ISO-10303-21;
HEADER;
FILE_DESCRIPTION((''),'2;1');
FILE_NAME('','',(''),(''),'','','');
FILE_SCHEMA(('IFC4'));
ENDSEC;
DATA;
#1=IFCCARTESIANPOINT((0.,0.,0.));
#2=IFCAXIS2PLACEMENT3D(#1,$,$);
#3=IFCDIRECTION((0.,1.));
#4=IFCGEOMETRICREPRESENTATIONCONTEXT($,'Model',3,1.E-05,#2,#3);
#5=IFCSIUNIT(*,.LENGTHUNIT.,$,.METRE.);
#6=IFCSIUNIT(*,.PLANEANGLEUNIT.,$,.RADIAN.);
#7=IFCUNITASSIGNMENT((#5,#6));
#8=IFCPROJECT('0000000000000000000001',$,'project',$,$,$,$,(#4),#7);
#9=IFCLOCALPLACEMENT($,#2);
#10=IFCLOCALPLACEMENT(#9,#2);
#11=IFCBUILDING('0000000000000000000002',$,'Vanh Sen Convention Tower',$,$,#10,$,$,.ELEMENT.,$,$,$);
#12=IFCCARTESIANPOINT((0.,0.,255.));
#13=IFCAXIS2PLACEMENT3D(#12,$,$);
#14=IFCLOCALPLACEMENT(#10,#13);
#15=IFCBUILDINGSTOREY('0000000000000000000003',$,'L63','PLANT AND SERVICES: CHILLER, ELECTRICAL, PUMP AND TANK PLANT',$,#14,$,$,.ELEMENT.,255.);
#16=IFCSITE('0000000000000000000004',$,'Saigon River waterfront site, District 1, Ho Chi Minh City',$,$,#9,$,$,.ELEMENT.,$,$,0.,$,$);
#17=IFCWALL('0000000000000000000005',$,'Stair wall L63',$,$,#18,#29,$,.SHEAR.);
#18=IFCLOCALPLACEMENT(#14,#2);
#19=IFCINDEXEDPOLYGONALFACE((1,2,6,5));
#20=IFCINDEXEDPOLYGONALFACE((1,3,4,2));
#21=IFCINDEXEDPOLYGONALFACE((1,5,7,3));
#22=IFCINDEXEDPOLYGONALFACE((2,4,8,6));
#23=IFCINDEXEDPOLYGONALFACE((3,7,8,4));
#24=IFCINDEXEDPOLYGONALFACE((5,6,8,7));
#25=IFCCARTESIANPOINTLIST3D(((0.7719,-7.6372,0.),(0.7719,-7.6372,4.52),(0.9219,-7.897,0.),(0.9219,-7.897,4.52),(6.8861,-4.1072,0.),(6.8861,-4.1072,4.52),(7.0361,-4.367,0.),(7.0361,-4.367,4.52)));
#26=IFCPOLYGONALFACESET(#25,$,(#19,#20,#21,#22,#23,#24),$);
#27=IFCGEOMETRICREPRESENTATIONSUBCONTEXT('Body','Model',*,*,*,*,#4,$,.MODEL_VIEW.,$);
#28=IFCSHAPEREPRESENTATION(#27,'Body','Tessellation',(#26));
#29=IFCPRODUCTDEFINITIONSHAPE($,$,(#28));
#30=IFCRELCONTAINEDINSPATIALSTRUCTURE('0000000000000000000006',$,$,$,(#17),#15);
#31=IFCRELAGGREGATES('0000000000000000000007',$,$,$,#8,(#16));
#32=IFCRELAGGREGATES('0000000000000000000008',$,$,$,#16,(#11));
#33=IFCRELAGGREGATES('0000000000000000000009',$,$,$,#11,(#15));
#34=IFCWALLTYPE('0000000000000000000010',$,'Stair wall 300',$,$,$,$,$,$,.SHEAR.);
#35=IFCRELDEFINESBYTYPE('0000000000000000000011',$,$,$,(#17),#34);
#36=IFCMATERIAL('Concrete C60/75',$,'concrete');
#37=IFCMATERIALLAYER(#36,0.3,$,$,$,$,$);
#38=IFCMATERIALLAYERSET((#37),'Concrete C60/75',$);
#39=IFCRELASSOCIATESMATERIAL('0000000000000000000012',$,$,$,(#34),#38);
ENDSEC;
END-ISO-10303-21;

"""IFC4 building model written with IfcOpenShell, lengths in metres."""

from ifc_helpers import new_model, si_unit, direction, frame, frame_2d, origin, place, context, subcontext, project, spatial, rectangle, extrude, material, layer, layer_set, type_object, element, save


model = new_model("IFC4")

# Units and contexts
model_context = context("Model", 3, precision=1e-05, world=origin(), true_north=direction((0.0, 1.0)))
body_context = subcontext(model_context, "Body", "Model", "MODEL_VIEW")
ifc_project = project(units=[si_unit("LENGTHUNIT", "METRE"), si_unit("PLANEANGLEUNIT", "RADIAN")], contexts=[model_context])

# Site, building, storey
site_placement = place(None, origin())
site = spatial("IfcSite", under=ifc_project, at=site_placement, Name="Saigon River waterfront site, District 1, Ho Chi Minh City", CompositionType="ELEMENT", RefElevation=0.0)
building_placement = place(site_placement, origin())
building = spatial("IfcBuilding", under=site, at=building_placement, Name="Vanh Sen Convention Tower", CompositionType="ELEMENT")
storey_placement = place(building_placement, frame((0.0, 0.0, 255.0)))
storey = spatial("IfcBuildingStorey", under=building, at=storey_placement, Name="L63", Description="PLANT AND SERVICES: CHILLER, ELECTRICAL, PUMP AND TANK PLANT", CompositionType="ELEMENT", Elevation=255.0)

# Shared definitions
ifc_material_1 = material(Name="Concrete C60/75", Category="concrete")

# Wall
ifc_layer_1 = layer(ifc_material_1, 0.3)
ifc_layer_set_1 = layer_set([ifc_layer_1], Name="Concrete C60/75")
wall_type_1 = type_object("IfcWallType", Name="Stair wall 300", PredefinedType="SHEAR", material=ifc_layer_set_1)
wall_1_placement = place(storey_placement, frame((0.8469, -7.7671, 0.0), z_axis=(0.0, 0.0, 1.0), x_axis=(0.866028, 0.499996, 0.0)))
element("IfcWall", 1, at=wall_1_placement, inside=storey, type_object=wall_type_1, Name="Stair wall L63", PredefinedType="SHEAR", context=body_context, shape_type="SweptSolid", body=[
    extrude(rectangle(XDim=7.0601, YDim=0.3, at=frame_2d((3.53, 0.0))), origin(), (0.0, 0.0, 1.0), 4.52),
])

save(model, "model.ifc")
